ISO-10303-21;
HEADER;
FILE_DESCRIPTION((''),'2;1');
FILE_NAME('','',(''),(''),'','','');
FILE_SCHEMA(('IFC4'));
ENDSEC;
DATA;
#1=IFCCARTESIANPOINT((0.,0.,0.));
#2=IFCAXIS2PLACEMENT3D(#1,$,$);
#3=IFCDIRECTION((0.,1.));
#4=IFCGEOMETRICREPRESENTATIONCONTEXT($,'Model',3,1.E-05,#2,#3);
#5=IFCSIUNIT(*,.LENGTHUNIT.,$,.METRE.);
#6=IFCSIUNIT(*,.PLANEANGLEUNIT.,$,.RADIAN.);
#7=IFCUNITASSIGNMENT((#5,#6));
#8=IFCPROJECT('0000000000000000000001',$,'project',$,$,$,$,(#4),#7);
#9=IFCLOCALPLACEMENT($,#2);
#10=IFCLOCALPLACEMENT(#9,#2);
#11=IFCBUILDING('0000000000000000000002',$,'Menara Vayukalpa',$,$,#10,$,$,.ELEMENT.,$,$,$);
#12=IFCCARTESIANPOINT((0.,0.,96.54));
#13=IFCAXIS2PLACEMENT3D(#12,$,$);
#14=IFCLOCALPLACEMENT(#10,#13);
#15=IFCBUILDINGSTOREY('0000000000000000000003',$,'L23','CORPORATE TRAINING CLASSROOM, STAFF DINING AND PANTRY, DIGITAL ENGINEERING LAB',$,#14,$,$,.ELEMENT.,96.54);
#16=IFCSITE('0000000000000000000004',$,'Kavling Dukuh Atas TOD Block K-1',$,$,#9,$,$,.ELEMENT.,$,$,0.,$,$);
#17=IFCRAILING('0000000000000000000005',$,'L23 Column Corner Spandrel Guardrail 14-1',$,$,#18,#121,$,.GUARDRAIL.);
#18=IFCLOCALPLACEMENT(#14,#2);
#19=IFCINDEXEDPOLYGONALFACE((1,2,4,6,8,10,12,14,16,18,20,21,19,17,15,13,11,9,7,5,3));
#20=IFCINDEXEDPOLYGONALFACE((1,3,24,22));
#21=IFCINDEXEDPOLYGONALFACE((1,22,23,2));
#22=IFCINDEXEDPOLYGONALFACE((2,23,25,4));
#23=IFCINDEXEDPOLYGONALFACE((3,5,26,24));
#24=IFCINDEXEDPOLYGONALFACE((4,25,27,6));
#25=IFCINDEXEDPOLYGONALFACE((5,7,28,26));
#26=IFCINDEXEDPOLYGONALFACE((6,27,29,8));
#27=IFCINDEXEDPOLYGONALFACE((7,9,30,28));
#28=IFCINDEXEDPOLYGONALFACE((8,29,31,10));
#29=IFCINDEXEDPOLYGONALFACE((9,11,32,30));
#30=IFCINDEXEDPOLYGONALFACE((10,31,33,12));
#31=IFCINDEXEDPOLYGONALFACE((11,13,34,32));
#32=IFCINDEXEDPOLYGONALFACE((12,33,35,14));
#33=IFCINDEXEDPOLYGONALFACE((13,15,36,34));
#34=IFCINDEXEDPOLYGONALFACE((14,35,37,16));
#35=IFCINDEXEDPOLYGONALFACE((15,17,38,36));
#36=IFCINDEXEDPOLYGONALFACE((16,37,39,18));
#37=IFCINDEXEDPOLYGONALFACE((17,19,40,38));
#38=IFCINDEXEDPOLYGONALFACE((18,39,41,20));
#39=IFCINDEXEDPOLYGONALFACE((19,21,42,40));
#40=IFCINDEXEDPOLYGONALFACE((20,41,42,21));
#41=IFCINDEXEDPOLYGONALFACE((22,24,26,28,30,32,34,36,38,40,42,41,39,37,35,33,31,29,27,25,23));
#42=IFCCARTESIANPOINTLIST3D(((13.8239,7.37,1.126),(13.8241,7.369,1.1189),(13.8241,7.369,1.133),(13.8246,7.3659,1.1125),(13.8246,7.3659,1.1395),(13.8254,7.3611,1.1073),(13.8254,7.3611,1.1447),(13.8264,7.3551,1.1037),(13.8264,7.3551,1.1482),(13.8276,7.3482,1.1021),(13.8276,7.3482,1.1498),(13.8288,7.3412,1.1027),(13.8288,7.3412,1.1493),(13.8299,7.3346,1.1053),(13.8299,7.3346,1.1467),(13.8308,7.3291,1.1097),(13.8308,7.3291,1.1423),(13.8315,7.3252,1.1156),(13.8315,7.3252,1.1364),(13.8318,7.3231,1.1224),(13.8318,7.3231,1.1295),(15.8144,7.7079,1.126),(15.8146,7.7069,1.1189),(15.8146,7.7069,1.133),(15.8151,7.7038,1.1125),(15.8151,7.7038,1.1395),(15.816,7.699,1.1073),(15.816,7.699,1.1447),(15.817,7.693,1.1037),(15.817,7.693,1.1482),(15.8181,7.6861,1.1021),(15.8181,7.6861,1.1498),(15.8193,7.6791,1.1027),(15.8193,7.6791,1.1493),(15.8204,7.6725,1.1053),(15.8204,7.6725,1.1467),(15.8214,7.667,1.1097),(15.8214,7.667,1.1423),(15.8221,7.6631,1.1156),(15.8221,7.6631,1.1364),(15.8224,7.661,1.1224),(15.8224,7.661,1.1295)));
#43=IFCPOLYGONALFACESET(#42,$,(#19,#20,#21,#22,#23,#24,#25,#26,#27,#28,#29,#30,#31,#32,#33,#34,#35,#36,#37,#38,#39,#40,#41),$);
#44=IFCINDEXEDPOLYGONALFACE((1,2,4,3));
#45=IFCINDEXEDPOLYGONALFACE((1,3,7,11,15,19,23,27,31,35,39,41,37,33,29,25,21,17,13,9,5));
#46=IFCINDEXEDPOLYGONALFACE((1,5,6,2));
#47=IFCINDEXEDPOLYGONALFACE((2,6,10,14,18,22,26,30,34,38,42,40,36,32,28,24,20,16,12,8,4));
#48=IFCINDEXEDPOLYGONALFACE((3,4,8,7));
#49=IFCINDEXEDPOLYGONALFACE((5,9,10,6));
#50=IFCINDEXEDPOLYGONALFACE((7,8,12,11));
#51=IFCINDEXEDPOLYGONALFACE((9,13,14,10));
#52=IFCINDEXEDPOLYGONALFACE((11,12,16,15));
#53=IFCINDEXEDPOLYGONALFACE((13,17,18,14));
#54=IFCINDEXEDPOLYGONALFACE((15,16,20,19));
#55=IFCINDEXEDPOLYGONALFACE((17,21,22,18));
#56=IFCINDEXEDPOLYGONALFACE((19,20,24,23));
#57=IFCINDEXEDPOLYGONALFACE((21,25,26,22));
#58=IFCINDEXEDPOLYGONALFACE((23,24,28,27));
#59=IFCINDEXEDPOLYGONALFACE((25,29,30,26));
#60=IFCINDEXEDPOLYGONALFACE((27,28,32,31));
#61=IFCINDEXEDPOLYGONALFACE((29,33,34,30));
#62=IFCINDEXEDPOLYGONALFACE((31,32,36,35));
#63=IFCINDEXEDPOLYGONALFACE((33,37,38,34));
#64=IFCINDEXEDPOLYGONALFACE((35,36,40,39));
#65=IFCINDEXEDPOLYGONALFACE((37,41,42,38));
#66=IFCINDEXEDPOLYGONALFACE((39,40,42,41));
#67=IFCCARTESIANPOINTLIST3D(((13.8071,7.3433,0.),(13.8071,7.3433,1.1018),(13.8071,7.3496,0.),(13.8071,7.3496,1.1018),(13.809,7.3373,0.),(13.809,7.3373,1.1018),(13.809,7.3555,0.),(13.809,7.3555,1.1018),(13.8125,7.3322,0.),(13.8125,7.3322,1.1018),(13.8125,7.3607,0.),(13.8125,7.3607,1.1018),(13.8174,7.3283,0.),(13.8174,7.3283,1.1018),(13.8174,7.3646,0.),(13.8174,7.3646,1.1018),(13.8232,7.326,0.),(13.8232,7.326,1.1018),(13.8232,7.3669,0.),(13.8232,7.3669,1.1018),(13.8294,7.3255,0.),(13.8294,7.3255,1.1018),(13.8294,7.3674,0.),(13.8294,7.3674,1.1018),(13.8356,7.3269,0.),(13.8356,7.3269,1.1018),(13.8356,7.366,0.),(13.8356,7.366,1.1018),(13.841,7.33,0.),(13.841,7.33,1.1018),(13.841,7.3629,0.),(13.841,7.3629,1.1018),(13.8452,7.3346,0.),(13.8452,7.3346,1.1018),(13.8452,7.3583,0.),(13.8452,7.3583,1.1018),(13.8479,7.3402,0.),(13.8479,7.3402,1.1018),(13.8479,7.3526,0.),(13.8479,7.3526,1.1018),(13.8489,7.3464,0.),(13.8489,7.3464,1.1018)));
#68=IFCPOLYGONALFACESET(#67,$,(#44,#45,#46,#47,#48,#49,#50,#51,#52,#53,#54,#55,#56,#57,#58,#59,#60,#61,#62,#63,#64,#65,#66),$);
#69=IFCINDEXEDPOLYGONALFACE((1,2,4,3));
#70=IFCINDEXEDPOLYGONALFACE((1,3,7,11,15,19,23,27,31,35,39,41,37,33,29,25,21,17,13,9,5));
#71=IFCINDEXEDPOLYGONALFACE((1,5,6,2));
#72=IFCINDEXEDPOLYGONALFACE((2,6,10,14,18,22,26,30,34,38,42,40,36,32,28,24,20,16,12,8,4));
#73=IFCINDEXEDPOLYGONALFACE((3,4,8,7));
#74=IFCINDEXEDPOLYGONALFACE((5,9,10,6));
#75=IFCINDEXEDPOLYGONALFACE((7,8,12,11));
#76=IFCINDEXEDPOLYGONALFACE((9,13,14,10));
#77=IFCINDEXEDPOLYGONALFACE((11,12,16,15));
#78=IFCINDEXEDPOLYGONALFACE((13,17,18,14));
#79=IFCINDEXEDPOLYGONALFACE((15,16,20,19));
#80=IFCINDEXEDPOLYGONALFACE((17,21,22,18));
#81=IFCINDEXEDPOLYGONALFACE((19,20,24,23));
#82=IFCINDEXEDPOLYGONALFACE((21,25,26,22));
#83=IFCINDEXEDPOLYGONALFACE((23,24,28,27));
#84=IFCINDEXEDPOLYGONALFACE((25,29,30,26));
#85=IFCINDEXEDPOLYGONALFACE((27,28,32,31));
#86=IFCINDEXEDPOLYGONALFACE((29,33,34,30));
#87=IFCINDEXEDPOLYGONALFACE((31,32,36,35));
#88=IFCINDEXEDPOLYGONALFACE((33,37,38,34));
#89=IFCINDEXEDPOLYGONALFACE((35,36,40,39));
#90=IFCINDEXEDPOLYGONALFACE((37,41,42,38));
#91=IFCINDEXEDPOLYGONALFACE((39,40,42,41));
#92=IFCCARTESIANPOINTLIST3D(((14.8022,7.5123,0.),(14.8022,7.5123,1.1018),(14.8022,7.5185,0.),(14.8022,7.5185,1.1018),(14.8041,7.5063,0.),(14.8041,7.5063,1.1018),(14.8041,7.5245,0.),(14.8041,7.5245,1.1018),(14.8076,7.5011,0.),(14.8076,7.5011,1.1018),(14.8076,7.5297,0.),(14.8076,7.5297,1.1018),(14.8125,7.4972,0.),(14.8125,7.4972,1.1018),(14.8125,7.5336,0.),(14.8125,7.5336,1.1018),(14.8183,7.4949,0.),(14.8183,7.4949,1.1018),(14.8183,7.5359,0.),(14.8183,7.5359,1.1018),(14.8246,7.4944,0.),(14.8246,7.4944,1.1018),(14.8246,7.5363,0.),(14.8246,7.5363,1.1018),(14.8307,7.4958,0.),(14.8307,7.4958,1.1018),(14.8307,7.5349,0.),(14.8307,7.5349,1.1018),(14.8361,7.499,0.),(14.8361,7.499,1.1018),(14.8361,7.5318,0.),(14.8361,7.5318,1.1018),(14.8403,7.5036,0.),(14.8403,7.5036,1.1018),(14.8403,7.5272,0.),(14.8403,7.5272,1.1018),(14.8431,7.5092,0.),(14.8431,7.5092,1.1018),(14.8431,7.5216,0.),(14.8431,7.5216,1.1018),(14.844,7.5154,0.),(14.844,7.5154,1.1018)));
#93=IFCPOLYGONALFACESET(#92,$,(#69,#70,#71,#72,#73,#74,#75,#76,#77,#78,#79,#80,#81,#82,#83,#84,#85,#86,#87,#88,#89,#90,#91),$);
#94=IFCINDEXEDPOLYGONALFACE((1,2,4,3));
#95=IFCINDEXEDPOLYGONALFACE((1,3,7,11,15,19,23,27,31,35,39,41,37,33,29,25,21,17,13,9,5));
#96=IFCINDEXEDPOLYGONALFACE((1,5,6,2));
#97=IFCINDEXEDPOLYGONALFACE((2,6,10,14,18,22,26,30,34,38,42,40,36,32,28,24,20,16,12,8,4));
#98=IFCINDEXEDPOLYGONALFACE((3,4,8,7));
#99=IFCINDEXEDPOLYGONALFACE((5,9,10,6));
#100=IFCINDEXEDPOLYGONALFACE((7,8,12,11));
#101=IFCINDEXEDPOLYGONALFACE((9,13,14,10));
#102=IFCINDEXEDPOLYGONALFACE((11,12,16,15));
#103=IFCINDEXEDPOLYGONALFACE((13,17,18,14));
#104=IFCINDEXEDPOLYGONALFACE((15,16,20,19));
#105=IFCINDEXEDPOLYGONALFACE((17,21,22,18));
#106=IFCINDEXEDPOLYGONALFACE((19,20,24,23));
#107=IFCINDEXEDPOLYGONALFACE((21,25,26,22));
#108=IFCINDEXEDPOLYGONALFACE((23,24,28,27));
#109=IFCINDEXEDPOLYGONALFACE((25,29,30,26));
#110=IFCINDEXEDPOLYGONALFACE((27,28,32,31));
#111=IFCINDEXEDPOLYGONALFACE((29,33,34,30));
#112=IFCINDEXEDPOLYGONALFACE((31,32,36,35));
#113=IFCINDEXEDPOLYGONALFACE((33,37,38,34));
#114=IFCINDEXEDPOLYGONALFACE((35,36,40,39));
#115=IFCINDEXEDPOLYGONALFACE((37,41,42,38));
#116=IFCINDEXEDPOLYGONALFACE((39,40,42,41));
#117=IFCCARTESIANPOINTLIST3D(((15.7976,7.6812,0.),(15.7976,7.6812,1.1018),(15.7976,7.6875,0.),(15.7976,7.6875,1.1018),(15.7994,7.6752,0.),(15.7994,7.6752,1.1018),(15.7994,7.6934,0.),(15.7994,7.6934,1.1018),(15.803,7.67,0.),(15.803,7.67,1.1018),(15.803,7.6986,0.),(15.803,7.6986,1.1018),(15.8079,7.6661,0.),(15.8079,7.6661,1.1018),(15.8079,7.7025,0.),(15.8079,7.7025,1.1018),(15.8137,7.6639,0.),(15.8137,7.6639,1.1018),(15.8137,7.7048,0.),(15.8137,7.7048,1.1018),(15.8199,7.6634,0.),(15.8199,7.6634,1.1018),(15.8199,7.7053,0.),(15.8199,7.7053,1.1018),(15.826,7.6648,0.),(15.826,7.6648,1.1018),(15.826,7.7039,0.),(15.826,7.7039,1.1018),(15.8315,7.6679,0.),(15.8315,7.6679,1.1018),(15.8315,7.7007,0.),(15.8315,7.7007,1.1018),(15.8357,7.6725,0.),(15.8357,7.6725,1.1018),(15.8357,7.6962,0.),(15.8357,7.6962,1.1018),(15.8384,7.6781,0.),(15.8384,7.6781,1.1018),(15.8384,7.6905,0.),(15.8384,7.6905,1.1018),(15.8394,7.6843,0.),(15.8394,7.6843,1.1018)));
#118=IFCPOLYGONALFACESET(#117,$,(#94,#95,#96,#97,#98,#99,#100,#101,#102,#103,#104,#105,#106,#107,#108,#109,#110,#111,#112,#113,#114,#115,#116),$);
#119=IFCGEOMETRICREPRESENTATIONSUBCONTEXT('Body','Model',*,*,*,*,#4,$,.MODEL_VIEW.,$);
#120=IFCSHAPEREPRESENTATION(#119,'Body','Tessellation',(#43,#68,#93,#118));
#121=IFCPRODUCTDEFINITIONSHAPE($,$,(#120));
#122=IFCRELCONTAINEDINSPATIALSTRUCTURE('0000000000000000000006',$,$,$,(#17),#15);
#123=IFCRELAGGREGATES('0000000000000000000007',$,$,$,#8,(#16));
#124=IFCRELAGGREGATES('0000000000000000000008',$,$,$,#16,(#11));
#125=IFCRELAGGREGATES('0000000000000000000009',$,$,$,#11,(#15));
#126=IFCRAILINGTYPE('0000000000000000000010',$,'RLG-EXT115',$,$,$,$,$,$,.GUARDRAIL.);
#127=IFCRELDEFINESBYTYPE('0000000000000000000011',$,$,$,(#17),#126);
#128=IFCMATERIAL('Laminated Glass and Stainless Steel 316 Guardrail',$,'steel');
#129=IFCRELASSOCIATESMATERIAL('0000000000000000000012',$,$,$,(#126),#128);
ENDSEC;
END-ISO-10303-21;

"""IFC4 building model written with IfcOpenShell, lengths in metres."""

from ifc_helpers import new_model, si_unit, direction, frame, origin, origin_2d, place, context, subcontext, project, spatial, circle, extrude, material, type_object, element, save


model = new_model("IFC4")

# Units and contexts
model_context = context("Model", 3, precision=1e-05, world=origin(), true_north=direction((0.0, 1.0)))
body_context = subcontext(model_context, "Body", "Model", "MODEL_VIEW")
ifc_project = project(units=[si_unit("LENGTHUNIT", "METRE"), si_unit("PLANEANGLEUNIT", "RADIAN")], contexts=[model_context])

# Site, building, storey
site_placement = place(None, origin())
site = spatial("IfcSite", under=ifc_project, at=site_placement, Name="Kavling Dukuh Atas TOD Block K-1", CompositionType="ELEMENT", RefElevation=0.0)
building_placement = place(site_placement, origin())
building = spatial("IfcBuilding", under=site, at=building_placement, Name="Menara Vayukalpa", CompositionType="ELEMENT")
storey_placement = place(building_placement, frame((0.0, 0.0, 96.54)))
storey = spatial("IfcBuildingStorey", under=building, at=storey_placement, Name="L23", Description="CORPORATE TRAINING CLASSROOM, STAFF DINING AND PANTRY, DIGITAL ENGINEERING LAB", CompositionType="ELEMENT", Elevation=96.54)

# Railing
ifc_material_1 = material(Name="Laminated Glass and Stainless Steel 316 Guardrail", Category="steel")
railing_type = type_object("IfcRailingType", Name="RLG-EXT115", PredefinedType="GUARDRAIL", material=ifc_material_1)
railing_1_placement = place(storey_placement, frame((13.8279, 7.3464, 0.0)))
element("IfcRailing", 1, at=railing_1_placement, inside=storey, type_object=railing_type, Name="L23 Column Corner Spandrel Guardrail 14-1", PredefinedType="GUARDRAIL", context=body_context, shape_type="SweptSolid", body=[
    extrude(circle(Radius=0.0239, at=origin_2d()), frame((0.0, 0.0, 1.126), z_axis=(0.985896, 0.167359, 0.0), x_axis=(-0.167359, 0.985896, 0.0)), (0.0, 0.0, 1.0), 2.019),
    extrude(circle(Radius=0.021, at=origin_2d()), origin(), (0.0, 0.0, 1.0), 1.1018),
    extrude(circle(Radius=0.021, at=origin_2d()), frame((0.9951, 0.1689, 0.0)), (0.0, 0.0, 1.0), 1.1018),
    extrude(circle(Radius=0.021, at=origin_2d()), frame((1.9905, 0.3379, 0.0)), (0.0, 0.0, 1.0), 1.1018),
])

save(model, "model.ifc")
